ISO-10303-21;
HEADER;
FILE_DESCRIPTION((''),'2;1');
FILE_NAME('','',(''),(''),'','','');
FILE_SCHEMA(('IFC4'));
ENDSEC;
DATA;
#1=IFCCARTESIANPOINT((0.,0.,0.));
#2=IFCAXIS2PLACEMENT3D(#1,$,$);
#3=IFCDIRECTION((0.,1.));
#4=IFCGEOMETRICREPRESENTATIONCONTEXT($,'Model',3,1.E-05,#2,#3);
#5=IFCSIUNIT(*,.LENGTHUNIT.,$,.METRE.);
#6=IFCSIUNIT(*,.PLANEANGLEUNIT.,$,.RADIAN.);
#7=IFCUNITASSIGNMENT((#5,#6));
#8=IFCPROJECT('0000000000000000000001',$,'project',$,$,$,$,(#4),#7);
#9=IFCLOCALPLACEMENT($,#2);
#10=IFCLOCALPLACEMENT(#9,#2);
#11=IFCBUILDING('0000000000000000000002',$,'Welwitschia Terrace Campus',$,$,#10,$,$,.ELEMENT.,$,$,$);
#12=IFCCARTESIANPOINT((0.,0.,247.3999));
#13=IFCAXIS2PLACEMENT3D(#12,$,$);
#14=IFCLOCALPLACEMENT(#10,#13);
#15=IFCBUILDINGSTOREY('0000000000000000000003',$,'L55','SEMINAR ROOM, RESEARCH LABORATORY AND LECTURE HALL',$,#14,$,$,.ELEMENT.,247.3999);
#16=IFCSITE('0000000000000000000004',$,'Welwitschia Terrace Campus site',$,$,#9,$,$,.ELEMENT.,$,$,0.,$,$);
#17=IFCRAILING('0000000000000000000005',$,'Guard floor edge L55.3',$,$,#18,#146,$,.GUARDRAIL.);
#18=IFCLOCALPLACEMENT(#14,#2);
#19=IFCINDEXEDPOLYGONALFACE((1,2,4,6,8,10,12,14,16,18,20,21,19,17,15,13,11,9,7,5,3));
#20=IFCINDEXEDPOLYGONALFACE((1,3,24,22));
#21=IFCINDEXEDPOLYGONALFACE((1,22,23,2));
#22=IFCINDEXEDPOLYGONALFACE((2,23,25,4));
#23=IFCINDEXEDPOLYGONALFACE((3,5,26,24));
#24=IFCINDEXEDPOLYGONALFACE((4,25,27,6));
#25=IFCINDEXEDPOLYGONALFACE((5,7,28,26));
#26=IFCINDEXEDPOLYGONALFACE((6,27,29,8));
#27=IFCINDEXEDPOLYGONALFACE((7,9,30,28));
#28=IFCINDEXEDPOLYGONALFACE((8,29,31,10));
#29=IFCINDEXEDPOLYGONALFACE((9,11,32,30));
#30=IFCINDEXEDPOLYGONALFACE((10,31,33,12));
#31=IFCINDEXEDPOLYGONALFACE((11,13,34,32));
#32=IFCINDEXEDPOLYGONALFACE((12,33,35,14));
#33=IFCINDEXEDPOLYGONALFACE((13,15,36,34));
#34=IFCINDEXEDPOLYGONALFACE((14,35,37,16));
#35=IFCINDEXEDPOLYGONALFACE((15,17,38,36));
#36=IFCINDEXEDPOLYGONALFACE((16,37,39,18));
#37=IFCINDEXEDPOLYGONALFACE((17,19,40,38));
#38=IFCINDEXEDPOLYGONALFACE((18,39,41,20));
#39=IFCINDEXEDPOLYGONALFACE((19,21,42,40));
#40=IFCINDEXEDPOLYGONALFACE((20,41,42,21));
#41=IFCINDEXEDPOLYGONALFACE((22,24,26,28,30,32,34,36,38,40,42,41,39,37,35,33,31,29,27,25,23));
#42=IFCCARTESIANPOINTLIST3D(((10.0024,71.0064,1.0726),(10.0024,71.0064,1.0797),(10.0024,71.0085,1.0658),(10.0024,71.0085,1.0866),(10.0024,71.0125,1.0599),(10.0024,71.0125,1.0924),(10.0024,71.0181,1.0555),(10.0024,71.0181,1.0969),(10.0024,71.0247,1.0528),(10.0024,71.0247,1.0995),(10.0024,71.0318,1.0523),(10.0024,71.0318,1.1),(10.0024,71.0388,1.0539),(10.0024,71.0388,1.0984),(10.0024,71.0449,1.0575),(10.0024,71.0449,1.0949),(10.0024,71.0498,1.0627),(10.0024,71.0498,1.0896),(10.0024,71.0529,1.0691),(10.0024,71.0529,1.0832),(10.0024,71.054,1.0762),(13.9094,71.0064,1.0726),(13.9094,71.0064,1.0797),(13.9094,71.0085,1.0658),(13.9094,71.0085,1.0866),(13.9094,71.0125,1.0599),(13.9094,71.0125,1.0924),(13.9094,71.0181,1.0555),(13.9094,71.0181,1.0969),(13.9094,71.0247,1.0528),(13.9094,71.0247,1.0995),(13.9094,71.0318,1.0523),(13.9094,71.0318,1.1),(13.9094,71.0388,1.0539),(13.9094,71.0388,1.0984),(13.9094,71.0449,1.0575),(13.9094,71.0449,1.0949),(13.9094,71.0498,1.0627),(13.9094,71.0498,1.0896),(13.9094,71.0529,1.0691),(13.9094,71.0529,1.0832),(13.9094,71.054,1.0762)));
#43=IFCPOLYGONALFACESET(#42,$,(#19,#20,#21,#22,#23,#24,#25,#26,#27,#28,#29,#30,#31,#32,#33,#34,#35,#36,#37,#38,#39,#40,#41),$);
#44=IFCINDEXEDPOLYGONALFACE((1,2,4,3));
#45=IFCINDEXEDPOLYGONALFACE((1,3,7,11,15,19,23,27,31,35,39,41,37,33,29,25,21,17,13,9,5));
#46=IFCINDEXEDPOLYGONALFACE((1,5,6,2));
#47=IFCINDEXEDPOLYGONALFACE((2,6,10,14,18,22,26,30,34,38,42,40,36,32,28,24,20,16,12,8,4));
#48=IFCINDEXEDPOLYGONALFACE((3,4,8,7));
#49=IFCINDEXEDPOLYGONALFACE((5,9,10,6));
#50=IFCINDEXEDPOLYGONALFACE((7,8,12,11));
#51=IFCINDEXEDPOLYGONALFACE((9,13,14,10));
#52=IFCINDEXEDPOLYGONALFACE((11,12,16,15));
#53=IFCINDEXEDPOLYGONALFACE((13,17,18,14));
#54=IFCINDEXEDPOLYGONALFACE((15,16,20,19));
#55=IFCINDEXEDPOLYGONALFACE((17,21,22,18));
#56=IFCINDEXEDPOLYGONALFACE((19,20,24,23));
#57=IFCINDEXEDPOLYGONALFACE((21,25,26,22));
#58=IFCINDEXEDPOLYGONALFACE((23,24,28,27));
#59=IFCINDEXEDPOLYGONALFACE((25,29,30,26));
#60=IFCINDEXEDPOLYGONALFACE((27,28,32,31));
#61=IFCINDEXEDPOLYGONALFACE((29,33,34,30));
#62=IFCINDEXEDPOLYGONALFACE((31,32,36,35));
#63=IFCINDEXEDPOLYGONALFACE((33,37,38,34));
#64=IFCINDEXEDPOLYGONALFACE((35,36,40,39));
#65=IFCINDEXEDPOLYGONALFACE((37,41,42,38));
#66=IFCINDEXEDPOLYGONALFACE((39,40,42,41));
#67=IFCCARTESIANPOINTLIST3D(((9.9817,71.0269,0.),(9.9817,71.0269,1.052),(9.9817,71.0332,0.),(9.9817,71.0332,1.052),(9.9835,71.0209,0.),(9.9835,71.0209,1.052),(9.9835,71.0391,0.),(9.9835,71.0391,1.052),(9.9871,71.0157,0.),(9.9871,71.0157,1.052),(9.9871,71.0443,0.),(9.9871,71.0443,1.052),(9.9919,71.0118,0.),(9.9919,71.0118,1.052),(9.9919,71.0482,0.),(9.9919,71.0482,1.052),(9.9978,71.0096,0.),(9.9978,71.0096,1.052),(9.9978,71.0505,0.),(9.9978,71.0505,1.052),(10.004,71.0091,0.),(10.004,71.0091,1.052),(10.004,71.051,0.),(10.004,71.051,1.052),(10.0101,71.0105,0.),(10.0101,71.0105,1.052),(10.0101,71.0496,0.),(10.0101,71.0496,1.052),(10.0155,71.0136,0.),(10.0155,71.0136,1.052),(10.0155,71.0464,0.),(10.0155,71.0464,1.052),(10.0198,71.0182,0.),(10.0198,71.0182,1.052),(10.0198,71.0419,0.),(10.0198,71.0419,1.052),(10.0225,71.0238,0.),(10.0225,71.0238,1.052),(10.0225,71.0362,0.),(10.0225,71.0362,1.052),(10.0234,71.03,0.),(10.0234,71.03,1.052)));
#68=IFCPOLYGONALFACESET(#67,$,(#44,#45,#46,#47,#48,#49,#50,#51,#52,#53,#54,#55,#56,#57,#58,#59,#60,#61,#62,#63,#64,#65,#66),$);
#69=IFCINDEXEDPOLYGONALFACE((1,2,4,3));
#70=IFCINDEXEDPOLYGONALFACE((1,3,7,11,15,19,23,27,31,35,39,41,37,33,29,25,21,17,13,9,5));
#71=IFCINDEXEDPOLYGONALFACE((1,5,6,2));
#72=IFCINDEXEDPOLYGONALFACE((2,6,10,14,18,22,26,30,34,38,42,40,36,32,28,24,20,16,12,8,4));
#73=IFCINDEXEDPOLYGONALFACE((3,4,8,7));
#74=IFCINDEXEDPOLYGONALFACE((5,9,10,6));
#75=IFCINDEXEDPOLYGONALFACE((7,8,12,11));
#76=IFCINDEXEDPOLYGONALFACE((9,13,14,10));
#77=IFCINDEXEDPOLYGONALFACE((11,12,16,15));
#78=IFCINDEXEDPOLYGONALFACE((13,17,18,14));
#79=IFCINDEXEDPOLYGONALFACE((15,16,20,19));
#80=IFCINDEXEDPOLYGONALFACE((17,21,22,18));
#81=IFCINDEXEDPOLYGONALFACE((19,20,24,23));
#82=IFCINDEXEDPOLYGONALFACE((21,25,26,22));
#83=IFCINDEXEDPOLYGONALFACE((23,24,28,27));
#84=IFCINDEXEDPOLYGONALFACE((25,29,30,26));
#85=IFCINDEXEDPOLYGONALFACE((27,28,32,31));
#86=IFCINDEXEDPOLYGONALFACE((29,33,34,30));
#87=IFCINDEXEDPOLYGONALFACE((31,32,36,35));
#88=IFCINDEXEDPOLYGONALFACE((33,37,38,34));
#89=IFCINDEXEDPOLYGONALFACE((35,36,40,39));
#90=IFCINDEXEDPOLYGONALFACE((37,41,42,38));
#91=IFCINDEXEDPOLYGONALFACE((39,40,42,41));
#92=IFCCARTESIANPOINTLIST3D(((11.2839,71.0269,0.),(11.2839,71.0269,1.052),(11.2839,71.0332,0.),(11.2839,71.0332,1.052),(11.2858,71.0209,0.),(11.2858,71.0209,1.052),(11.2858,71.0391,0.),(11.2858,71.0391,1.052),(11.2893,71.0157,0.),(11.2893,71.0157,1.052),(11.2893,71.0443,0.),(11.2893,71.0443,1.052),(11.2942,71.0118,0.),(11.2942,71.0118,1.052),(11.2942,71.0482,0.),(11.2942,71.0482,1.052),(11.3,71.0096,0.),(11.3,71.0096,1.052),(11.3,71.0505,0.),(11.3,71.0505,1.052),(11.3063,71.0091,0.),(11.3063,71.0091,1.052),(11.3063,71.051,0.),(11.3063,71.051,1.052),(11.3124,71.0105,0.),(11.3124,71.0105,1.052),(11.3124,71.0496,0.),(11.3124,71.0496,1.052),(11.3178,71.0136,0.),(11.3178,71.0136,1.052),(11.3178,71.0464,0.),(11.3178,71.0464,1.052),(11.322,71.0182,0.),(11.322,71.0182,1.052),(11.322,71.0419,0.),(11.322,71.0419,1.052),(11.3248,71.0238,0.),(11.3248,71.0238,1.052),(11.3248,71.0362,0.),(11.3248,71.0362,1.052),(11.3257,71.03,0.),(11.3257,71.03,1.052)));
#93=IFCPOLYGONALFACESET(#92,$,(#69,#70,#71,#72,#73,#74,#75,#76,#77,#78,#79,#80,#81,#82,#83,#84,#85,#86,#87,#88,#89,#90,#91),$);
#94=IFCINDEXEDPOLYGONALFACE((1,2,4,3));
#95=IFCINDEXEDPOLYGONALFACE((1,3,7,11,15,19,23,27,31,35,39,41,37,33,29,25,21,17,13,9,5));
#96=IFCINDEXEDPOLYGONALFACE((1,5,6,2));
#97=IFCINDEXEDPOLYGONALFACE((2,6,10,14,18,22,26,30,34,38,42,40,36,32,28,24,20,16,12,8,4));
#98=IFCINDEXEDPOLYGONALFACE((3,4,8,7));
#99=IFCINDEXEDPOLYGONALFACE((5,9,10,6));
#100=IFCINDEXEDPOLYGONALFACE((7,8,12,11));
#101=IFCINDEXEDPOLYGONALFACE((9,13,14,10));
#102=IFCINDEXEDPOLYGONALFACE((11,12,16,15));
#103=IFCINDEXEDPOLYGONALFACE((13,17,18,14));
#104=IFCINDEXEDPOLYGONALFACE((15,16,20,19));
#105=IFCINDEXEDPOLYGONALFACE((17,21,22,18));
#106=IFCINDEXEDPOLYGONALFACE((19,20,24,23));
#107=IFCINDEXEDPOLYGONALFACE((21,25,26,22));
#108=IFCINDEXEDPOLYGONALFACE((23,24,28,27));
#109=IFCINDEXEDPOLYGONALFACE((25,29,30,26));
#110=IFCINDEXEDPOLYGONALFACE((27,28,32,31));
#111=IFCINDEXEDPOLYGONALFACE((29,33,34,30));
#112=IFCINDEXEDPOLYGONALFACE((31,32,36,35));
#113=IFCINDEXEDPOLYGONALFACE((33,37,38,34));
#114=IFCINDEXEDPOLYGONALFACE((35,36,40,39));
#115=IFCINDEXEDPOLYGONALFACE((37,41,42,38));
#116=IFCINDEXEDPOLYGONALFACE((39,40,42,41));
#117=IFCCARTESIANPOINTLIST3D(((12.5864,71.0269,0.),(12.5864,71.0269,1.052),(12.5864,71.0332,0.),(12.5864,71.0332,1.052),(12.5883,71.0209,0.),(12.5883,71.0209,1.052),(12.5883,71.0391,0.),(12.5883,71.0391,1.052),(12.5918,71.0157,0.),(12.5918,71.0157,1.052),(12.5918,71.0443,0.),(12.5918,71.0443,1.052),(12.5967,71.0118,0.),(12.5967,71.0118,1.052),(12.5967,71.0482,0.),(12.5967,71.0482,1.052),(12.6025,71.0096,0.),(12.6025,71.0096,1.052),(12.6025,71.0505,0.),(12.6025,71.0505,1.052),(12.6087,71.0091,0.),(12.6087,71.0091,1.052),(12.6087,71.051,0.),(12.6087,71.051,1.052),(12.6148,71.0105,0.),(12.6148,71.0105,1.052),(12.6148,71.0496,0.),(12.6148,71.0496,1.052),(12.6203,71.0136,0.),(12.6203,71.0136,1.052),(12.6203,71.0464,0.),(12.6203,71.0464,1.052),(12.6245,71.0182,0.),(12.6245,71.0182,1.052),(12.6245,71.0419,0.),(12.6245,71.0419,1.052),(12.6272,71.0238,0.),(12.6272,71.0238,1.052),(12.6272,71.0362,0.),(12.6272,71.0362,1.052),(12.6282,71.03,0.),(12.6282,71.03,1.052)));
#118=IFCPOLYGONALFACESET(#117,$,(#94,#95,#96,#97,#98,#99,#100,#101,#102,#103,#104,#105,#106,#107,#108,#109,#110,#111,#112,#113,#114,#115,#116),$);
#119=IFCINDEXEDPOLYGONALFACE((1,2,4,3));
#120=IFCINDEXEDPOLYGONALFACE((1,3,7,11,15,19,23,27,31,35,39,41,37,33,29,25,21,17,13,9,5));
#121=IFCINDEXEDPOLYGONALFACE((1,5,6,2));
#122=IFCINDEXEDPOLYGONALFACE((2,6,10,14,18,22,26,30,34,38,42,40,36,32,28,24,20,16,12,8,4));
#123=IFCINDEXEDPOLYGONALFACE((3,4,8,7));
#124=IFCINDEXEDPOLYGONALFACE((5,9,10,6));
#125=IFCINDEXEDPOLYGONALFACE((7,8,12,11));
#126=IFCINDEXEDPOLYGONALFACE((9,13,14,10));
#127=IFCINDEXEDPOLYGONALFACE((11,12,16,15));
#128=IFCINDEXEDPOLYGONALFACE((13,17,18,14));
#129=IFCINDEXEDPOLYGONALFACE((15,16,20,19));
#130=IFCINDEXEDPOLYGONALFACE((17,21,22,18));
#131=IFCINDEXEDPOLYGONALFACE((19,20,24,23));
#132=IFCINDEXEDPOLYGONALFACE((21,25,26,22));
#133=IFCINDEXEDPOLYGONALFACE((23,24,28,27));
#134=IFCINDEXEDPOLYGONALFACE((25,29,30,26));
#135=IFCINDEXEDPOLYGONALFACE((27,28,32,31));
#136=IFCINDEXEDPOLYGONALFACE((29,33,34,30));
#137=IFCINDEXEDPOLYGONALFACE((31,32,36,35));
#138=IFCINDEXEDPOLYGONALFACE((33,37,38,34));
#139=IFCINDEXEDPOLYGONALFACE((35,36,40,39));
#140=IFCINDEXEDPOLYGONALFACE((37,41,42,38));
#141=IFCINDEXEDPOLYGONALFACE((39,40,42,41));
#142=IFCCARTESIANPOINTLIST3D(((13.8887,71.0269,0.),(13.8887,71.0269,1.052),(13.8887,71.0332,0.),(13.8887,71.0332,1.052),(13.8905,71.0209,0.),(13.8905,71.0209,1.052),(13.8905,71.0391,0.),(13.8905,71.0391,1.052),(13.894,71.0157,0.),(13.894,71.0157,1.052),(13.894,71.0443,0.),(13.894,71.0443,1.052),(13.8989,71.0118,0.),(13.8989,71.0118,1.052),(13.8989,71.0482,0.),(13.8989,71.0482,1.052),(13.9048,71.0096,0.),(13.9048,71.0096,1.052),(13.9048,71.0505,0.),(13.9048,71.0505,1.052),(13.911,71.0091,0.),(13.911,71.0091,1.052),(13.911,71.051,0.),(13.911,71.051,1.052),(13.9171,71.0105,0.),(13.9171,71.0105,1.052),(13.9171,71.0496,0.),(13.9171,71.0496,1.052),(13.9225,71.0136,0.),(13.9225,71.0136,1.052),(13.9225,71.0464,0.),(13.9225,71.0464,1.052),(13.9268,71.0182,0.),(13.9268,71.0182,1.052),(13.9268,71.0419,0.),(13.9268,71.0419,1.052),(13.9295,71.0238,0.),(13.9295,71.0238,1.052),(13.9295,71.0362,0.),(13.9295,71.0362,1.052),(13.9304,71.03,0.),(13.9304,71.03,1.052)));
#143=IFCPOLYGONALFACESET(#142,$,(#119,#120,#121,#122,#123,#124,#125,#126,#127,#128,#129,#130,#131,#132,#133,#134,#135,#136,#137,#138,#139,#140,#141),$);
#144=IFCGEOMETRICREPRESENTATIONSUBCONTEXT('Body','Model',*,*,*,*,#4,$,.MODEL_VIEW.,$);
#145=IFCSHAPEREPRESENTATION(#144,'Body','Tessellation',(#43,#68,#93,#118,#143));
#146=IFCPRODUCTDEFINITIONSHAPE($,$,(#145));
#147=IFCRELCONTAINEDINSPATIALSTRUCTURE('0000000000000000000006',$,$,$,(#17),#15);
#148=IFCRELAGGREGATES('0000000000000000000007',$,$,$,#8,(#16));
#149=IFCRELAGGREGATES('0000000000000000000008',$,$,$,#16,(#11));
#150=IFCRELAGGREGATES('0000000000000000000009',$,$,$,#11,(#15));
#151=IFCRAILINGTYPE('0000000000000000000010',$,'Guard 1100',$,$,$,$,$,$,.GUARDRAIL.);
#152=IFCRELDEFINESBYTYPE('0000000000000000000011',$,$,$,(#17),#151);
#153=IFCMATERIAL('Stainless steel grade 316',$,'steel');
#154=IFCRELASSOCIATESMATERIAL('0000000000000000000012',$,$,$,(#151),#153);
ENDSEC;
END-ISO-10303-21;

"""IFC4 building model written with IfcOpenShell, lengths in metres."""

from ifc_helpers import new_model, si_unit, direction, frame, origin, origin_2d, place, context, subcontext, project, spatial, circle, extrude, material, type_object, element, save


model = new_model("IFC4")

# Units and contexts
model_context = context("Model", 3, precision=1e-05, world=origin(), true_north=direction((0.0, 1.0)))
body_context = subcontext(model_context, "Body", "Model", "MODEL_VIEW")
ifc_project = project(units=[si_unit("LENGTHUNIT", "METRE"), si_unit("PLANEANGLEUNIT", "RADIAN")], contexts=[model_context])

# Site, building, storey
site_placement = place(None, origin())
site = spatial("IfcSite", under=ifc_project, at=site_placement, Name="Welwitschia Terrace Campus site", CompositionType="ELEMENT", RefElevation=0.0)
building_placement = place(site_placement, origin())
building = spatial("IfcBuilding", under=site, at=building_placement, Name="Welwitschia Terrace Campus", CompositionType="ELEMENT")
storey_placement = place(building_placement, frame((0.0, 0.0, 247.3999)))
storey = spatial("IfcBuildingStorey", under=building, at=storey_placement, Name="L55", Description="SEMINAR ROOM, RESEARCH LABORATORY AND LECTURE HALL", CompositionType="ELEMENT", Elevation=247.3999)

# Railing
ifc_material_1 = material(Name="Stainless steel grade 316", Category="steel")
railing_type = type_object("IfcRailingType", Name="Guard 1100", PredefinedType="GUARDRAIL", material=ifc_material_1)
railing_1_placement = place(storey_placement, frame((10.0024, 71.03, 0.0)))
element("IfcRailing", 1, at=railing_1_placement, inside=storey, type_object=railing_type, Name="Guard floor edge L55.3", PredefinedType="GUARDRAIL", context=body_context, shape_type="SweptSolid", body=[
    extrude(circle(Radius=0.0239, at=origin_2d()), frame((0.0, 0.0, 1.0762), z_axis=(1.0, 0.0, 0.0), x_axis=(0.0, 1.0, 0.0)), (0.0, 0.0, 1.0), 3.907),
    extrude(circle(Radius=0.021, at=origin_2d()), origin(), (0.0, 0.0, 1.0), 1.052),
    extrude(circle(Radius=0.021, at=origin_2d()), frame((1.3022, 0.0, 0.0)), (0.0, 0.0, 1.0), 1.052),
    extrude(circle(Radius=0.021, at=origin_2d()), frame((2.6047, 0.0, 0.0)), (0.0, 0.0, 1.0), 1.052),
    extrude(circle(Radius=0.021, at=origin_2d()), frame((3.907, 0.0, 0.0)), (0.0, 0.0, 1.0), 1.052),
])

save(model, "model.ifc")
